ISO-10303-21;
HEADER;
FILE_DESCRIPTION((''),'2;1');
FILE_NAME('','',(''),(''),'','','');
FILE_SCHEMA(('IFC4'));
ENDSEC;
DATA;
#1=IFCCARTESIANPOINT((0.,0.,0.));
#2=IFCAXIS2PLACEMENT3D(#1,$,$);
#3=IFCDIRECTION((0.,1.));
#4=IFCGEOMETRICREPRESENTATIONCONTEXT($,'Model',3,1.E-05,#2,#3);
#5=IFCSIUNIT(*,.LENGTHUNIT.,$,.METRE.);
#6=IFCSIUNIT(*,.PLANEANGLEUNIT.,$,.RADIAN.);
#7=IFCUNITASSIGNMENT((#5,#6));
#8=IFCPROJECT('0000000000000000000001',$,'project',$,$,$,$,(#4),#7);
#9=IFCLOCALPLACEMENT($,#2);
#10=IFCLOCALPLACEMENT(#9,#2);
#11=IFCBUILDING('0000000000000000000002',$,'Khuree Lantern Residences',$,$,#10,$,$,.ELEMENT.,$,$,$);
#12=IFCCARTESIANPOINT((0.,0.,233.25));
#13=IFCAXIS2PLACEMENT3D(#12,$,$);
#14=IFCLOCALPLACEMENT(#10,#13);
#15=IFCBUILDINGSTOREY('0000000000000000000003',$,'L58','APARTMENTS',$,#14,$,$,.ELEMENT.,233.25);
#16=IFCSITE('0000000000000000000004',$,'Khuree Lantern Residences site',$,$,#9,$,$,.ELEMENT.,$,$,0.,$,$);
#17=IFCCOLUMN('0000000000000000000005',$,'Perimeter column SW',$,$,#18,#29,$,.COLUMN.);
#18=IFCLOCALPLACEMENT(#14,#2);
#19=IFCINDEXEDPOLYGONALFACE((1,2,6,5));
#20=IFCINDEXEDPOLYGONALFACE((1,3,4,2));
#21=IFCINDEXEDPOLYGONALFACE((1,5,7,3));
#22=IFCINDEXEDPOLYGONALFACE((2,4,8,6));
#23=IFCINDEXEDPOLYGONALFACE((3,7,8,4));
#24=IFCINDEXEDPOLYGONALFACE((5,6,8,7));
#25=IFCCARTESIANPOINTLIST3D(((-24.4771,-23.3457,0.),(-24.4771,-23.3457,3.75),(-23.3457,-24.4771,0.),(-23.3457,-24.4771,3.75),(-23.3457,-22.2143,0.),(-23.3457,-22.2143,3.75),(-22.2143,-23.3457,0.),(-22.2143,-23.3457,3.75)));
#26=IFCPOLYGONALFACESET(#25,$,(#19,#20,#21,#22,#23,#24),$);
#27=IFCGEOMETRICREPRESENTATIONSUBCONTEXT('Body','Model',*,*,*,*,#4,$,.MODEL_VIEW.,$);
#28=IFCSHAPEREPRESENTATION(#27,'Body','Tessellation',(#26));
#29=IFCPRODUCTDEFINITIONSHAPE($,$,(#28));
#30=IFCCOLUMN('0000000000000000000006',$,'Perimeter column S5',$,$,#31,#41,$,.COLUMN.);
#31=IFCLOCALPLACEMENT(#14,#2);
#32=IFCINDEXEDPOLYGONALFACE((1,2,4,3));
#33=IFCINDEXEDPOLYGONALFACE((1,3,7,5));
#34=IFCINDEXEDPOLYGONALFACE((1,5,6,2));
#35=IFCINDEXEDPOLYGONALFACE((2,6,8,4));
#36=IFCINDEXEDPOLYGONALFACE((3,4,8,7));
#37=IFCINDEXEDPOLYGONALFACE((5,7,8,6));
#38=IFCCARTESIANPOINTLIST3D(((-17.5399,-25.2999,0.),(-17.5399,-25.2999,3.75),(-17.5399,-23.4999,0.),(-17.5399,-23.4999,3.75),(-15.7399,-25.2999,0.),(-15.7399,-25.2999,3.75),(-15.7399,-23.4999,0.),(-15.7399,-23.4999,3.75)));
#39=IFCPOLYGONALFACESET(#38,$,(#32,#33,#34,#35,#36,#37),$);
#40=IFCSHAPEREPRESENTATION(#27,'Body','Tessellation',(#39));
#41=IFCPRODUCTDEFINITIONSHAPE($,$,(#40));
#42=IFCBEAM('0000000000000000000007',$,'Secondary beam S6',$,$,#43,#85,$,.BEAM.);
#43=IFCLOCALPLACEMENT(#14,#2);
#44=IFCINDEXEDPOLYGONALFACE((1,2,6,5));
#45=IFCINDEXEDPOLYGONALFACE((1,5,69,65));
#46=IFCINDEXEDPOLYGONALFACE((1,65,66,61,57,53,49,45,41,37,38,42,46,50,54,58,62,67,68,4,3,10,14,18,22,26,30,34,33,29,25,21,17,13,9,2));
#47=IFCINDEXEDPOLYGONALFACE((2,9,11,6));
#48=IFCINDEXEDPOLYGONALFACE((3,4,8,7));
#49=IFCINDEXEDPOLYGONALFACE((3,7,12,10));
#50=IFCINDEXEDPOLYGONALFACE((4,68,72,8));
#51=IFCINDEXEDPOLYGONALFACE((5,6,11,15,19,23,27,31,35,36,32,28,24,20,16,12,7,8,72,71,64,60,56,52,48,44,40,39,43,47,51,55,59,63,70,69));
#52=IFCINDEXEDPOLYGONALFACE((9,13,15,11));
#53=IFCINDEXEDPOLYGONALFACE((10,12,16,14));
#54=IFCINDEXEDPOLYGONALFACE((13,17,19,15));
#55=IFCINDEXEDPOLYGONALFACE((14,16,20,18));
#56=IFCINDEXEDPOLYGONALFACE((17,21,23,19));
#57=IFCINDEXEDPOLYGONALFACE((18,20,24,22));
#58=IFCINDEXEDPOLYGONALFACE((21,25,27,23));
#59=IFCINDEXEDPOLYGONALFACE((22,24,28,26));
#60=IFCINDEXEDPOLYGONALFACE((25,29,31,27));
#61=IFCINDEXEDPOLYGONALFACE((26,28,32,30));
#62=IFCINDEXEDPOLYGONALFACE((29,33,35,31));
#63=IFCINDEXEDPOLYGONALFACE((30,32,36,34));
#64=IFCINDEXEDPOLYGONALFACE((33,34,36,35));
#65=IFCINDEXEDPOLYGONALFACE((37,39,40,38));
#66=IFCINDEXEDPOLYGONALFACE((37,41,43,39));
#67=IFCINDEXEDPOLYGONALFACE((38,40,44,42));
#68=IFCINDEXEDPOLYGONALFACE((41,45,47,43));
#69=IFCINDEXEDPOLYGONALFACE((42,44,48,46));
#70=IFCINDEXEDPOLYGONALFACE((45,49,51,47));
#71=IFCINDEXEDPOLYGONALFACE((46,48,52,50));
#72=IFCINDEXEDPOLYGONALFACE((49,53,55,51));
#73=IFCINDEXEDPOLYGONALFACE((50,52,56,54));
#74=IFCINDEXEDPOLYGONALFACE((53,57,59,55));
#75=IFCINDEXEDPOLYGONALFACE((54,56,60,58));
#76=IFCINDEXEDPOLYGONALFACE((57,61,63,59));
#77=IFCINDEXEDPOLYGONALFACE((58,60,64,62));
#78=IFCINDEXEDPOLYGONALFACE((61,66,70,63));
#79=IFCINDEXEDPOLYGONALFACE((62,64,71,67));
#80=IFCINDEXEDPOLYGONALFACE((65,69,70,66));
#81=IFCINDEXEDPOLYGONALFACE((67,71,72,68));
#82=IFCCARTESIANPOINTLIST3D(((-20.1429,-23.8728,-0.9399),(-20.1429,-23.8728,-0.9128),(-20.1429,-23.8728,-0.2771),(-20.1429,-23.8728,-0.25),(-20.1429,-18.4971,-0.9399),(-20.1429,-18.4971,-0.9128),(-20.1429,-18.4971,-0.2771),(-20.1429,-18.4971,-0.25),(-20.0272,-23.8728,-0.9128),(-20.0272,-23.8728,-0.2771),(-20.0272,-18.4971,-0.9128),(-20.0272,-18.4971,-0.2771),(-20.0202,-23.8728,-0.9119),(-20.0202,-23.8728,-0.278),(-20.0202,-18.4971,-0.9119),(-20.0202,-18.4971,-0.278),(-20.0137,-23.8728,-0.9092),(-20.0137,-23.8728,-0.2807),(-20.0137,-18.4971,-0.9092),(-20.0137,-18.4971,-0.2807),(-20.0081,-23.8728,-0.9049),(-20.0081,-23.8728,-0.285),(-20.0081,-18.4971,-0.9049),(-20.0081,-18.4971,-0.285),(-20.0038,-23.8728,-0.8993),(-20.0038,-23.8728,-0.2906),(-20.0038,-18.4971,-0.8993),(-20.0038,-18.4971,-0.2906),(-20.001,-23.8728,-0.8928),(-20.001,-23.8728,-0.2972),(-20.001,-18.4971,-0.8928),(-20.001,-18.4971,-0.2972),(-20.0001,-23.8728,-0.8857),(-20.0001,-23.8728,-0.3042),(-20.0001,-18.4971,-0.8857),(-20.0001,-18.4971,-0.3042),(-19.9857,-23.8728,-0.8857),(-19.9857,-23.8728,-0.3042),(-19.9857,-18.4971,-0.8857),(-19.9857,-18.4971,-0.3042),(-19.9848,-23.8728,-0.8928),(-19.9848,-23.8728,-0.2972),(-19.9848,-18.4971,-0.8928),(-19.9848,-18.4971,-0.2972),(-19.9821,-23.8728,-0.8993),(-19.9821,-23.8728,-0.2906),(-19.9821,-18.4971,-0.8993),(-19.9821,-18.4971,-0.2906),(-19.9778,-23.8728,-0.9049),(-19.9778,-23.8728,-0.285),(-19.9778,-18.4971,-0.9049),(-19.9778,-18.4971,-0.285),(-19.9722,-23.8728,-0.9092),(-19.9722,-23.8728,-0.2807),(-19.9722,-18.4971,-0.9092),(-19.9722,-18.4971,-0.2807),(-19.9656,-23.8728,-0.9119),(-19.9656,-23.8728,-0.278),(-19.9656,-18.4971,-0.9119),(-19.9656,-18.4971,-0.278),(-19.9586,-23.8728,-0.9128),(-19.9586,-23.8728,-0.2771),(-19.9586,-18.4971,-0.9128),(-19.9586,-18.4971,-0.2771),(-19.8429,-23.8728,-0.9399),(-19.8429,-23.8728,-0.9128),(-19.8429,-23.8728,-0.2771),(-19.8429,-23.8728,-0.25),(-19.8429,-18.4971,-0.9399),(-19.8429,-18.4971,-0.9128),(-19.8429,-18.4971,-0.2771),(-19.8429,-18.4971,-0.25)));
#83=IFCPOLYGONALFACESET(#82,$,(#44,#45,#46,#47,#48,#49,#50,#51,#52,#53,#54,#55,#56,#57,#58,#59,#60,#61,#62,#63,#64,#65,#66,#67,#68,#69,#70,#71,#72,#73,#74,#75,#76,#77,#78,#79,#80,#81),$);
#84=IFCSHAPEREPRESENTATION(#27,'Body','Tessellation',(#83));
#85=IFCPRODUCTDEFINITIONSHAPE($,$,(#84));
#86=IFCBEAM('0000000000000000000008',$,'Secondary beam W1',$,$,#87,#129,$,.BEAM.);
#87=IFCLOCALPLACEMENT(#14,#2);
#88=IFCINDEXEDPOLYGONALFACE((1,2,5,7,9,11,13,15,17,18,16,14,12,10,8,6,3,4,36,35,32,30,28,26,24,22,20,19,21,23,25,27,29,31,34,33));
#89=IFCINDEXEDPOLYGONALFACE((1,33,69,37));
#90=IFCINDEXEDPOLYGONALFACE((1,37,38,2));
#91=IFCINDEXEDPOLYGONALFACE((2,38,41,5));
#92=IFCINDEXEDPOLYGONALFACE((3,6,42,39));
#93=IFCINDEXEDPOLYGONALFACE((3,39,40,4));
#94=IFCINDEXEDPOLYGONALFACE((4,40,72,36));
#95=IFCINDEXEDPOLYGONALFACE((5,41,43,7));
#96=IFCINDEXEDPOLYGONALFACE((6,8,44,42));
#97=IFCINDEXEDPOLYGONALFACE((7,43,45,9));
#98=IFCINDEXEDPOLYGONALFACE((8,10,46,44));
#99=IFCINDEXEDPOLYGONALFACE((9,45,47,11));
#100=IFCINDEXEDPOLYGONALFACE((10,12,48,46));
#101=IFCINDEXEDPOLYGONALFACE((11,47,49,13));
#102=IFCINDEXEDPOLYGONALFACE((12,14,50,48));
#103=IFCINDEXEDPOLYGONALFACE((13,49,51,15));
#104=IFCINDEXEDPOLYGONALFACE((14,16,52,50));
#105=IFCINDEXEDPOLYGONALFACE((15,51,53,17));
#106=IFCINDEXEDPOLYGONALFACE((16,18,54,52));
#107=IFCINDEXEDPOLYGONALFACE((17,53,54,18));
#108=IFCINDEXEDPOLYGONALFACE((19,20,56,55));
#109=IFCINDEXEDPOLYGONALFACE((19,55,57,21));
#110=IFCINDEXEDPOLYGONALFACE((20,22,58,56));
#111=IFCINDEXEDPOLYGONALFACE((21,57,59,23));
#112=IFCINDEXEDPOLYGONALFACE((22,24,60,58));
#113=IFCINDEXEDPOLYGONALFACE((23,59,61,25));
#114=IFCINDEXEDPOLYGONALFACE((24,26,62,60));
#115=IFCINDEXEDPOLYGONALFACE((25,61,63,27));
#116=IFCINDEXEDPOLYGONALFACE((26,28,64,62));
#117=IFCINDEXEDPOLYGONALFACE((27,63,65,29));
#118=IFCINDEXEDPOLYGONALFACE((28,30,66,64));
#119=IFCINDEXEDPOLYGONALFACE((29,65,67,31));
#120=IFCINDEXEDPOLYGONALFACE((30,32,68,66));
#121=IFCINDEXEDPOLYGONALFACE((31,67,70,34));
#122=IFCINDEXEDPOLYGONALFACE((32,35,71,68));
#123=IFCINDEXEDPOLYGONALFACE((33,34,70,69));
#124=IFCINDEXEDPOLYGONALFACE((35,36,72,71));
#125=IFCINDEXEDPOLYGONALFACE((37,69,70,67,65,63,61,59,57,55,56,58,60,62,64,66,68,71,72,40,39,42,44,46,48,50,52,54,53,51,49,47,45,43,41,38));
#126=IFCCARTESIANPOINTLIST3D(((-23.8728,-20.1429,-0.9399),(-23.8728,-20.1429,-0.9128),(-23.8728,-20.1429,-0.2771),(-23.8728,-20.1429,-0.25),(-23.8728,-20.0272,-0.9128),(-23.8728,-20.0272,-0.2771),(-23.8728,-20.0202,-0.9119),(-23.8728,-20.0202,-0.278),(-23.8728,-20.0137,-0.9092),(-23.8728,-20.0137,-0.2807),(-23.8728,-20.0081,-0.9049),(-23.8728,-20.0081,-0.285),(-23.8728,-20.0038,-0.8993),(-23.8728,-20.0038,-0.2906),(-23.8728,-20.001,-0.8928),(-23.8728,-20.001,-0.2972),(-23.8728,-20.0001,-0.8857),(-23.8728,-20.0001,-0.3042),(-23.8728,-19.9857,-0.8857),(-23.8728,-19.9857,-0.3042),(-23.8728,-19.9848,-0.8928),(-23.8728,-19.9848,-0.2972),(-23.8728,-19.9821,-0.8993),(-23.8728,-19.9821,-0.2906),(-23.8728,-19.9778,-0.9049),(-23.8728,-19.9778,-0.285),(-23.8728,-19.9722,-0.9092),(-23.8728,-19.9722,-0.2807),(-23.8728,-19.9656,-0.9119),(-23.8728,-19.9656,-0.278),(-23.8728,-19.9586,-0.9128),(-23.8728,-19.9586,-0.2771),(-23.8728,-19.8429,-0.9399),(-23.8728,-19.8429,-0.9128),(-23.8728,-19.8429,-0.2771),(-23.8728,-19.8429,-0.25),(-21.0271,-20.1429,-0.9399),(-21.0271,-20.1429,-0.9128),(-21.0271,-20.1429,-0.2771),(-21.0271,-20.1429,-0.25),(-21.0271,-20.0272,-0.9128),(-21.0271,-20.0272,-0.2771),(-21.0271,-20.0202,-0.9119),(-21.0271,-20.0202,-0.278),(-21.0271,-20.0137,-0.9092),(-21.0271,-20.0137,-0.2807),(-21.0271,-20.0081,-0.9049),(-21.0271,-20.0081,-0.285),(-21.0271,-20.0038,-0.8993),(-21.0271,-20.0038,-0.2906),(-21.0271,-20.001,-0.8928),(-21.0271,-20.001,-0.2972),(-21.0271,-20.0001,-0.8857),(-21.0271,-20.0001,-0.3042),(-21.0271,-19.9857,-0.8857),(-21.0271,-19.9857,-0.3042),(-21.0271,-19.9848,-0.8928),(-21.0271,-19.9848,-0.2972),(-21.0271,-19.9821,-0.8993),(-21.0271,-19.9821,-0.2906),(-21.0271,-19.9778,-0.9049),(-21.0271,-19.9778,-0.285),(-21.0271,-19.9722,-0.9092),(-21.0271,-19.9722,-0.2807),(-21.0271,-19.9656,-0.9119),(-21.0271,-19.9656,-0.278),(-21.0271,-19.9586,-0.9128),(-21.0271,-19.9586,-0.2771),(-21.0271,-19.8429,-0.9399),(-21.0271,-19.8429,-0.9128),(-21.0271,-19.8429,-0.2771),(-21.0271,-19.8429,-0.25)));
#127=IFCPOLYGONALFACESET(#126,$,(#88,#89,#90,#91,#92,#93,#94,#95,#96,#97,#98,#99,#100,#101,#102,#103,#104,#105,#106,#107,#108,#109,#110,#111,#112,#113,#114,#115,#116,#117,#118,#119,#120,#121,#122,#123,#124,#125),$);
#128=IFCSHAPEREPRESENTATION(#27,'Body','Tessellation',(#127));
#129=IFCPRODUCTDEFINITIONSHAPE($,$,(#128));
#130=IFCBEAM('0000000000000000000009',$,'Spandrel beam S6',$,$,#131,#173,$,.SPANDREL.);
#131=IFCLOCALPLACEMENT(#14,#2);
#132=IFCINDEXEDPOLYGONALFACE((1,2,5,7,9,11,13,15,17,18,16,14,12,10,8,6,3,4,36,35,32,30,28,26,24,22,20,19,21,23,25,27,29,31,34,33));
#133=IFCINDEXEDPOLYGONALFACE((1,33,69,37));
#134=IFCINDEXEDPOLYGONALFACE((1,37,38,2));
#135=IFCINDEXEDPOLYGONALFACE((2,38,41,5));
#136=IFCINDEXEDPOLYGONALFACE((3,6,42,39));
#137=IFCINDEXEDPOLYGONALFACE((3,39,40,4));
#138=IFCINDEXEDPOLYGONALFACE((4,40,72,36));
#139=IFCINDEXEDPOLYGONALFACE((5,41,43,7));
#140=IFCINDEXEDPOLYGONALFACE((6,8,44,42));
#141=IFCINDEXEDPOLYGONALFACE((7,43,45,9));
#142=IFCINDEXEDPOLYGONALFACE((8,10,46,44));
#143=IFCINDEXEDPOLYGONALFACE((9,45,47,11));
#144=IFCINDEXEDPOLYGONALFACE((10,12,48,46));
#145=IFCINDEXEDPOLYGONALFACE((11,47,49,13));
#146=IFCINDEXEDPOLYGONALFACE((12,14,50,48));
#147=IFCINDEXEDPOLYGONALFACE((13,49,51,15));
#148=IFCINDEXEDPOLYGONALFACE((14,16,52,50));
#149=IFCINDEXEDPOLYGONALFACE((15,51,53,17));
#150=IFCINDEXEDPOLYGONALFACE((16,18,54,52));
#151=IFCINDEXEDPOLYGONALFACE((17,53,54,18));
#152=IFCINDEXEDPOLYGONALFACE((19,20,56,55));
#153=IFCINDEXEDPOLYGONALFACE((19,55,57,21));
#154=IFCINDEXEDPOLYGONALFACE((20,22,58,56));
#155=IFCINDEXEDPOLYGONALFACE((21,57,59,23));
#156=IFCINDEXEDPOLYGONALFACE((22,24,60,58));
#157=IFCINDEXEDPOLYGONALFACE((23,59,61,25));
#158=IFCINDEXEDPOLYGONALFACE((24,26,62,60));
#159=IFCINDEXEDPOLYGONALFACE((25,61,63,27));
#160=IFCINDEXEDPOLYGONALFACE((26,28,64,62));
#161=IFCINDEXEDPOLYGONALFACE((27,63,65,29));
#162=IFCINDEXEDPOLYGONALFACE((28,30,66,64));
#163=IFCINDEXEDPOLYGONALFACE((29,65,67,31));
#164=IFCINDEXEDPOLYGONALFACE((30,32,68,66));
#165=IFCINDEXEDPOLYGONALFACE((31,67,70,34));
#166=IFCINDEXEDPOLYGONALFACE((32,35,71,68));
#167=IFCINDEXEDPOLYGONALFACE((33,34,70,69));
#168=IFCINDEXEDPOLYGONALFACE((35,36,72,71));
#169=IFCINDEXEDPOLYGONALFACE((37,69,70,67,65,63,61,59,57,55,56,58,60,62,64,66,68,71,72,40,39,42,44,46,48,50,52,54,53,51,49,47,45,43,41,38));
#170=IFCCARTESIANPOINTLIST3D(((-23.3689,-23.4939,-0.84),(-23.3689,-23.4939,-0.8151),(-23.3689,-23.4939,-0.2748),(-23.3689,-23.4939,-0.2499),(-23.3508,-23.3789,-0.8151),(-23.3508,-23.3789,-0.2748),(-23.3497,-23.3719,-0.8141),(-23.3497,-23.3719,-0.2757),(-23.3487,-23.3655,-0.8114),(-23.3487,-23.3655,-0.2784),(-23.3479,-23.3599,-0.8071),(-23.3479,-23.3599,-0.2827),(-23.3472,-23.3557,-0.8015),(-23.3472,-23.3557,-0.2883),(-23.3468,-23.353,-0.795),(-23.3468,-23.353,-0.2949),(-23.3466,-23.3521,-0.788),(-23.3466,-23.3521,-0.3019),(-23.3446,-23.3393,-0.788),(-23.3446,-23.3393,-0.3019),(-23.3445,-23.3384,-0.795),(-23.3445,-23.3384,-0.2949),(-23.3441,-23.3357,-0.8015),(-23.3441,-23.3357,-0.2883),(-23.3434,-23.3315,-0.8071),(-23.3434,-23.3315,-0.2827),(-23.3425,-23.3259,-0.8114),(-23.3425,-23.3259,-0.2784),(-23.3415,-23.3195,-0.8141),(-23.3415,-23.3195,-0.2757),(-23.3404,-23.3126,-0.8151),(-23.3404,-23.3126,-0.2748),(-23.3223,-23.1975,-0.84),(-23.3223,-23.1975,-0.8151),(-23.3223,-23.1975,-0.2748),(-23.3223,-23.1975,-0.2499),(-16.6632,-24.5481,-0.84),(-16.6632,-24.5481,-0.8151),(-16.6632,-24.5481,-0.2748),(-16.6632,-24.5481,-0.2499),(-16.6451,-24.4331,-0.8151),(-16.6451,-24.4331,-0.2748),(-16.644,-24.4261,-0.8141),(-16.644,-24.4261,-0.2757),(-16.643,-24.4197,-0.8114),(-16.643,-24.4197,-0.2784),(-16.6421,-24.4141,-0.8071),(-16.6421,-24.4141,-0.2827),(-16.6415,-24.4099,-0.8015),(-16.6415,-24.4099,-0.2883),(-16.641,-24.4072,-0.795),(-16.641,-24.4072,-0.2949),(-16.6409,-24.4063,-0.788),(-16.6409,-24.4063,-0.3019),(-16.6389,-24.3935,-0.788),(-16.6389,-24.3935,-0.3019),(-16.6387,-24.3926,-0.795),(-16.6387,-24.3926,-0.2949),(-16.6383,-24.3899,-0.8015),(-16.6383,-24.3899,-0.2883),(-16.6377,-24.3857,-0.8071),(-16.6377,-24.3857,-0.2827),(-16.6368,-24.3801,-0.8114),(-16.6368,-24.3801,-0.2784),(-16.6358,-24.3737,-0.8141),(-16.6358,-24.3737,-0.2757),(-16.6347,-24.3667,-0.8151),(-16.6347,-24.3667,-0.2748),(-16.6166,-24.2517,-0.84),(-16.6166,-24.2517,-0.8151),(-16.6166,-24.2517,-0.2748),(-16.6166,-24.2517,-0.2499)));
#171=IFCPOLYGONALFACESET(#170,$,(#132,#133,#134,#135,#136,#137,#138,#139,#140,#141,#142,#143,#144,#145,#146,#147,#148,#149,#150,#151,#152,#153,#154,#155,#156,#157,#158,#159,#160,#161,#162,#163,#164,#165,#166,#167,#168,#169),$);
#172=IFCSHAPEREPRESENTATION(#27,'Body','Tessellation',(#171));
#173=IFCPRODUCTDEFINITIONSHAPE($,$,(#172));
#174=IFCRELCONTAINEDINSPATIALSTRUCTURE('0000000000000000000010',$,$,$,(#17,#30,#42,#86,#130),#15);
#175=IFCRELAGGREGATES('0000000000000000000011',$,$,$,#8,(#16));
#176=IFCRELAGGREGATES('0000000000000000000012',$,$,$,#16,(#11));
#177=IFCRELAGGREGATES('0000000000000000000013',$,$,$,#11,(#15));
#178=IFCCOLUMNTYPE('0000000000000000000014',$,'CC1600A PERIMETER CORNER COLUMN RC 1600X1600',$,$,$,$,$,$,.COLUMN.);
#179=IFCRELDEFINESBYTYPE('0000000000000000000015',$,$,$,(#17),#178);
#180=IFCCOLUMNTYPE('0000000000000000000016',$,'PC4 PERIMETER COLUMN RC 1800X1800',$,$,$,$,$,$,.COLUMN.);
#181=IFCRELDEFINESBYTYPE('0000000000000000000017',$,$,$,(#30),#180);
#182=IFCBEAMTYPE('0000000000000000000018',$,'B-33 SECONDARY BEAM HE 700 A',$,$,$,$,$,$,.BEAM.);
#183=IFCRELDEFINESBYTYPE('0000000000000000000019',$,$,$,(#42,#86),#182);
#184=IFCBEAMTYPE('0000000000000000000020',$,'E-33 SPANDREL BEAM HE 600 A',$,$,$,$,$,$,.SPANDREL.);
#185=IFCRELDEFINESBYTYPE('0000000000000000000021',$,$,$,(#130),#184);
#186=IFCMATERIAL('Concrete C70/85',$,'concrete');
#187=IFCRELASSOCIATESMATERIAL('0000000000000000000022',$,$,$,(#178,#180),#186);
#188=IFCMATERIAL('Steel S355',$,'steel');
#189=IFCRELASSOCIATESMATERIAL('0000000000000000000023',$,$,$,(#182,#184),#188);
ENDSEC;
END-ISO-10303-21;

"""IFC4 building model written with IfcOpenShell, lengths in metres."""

from ifc_helpers import new_model, si_unit, direction, frame, origin, origin_2d, place, context, subcontext, project, spatial, rectangle, i_section, extrude, material, material_profile, profile_set, type_object, element, save


model = new_model("IFC4")

# Units and contexts
model_context = context("Model", 3, precision=1e-05, world=origin(), true_north=direction((0.0, 1.0)))
body_context = subcontext(model_context, "Body", "Model", "MODEL_VIEW")
ifc_project = project(units=[si_unit("LENGTHUNIT", "METRE"), si_unit("PLANEANGLEUNIT", "RADIAN")], contexts=[model_context])

# Site, building, storey
site_placement = place(None, origin())
site = spatial("IfcSite", under=ifc_project, at=site_placement, Name="Khuree Lantern Residences site", CompositionType="ELEMENT", RefElevation=0.0)
building_placement = place(site_placement, origin())
building = spatial("IfcBuilding", under=site, at=building_placement, Name="Khuree Lantern Residences", CompositionType="ELEMENT")
storey_placement = place(building_placement, frame((0.0, 0.0, 233.25)))
storey = spatial("IfcBuildingStorey", under=building, at=storey_placement, Name="L58", Description="APARTMENTS", CompositionType="ELEMENT", Elevation=233.25)

# Columns
ifc_material_1 = material(Name="Concrete C70/85", Category="concrete")
ifc_material_profile_1 = material_profile(ifc_material_1, rectangle(XDim=1.6001, YDim=1.6001, at=origin_2d()), Name="RC 1600X1600")
ifc_profile_set_1 = profile_set([ifc_material_profile_1], Name="Concrete C70/85")
column_type_1 = type_object("IfcColumnType", Name="CC1600A PERIMETER CORNER COLUMN RC 1600X1600", PredefinedType="COLUMN", material=ifc_profile_set_1)
column_1_placement = place(storey_placement, frame((-23.3457, -23.3457, 0.0), z_axis=(0.0, 0.0, 1.0), x_axis=(0.707107, -0.707107, 0.0)))
element("IfcColumn", 1, at=column_1_placement, inside=storey, type_object=column_type_1, Name="Perimeter column SW", PredefinedType="COLUMN", context=body_context, shape_type="SweptSolid", body=[
    extrude(rectangle(XDim=1.6001, YDim=1.6001, at=origin_2d()), origin(), (0.0, 0.0, 1.0), 3.75),
])
ifc_material_profile_2 = material_profile(ifc_material_1, rectangle(XDim=1.8, YDim=1.8, at=origin_2d()), Name="RC 1800X1800")
ifc_profile_set_2 = profile_set([ifc_material_profile_2], Name="Concrete C70/85")
column_type_2 = type_object("IfcColumnType", Name="PC4 PERIMETER COLUMN RC 1800X1800", PredefinedType="COLUMN", material=ifc_profile_set_2)
column_2_placement = place(storey_placement, frame((-16.6399, -24.3999, 0.0), z_axis=(0.0, 0.0, 1.0), x_axis=(1.0, 0.0, 0.0)))
element("IfcColumn", 2, at=column_2_placement, inside=storey, type_object=column_type_2, Name="Perimeter column S5", PredefinedType="COLUMN", context=body_context, shape_type="SweptSolid", body=[
    extrude(rectangle(XDim=1.8, YDim=1.8, at=origin_2d()), origin(), (0.0, 0.0, 1.0), 3.75),
])

# Beams
ifc_material_2 = material(Name="Steel S355", Category="steel")
ifc_material_profile_3 = material_profile(ifc_material_2, i_section(OverallWidth=0.3, OverallDepth=0.6899, WebThickness=0.0144, FlangeThickness=0.0271, FilletRadius=0.0271, at=origin_2d()), Name="HE 700 A")
ifc_profile_set_3 = profile_set([ifc_material_profile_3], Name="Steel S355")
beam_type_1 = type_object("IfcBeamType", Name="B-33 SECONDARY BEAM HE 700 A", PredefinedType="BEAM", material=ifc_profile_set_3)
beam_1_placement = place(storey_placement, frame((-19.9929, -23.8728, -0.595), z_axis=(0.0, 1.0, 0.0), x_axis=(-1.0, 0.0, 0.0)))
element("IfcBeam", 3, at=beam_1_placement, inside=storey, type_object=beam_type_1, Name="Secondary beam S6", PredefinedType="BEAM", context=body_context, shape_type="SweptSolid", body=[
    extrude(i_section(OverallWidth=0.3, OverallDepth=0.6899, WebThickness=0.0144, FlangeThickness=0.0271, FilletRadius=0.0271, at=origin_2d()), origin(), (0.0, 0.0, 1.0), 5.3757),
])
beam_2_placement = place(storey_placement, frame((-23.8728, -19.9929, -0.595), z_axis=(1.0, 0.0, 0.0), x_axis=(0.0, 1.0, 0.0)))
element("IfcBeam", 4, at=beam_2_placement, inside=storey, type_object=beam_type_1, Name="Secondary beam W1", PredefinedType="BEAM", context=body_context, shape_type="SweptSolid", body=[
    extrude(i_section(OverallWidth=0.3, OverallDepth=0.6899, WebThickness=0.0144, FlangeThickness=0.0271, FilletRadius=0.0271, at=origin_2d()), origin(), (0.0, 0.0, 1.0), 2.8457),
])
ifc_material_profile_4 = material_profile(ifc_material_2, i_section(OverallWidth=0.3, OverallDepth=0.5901, WebThickness=0.0129, FlangeThickness=0.0249, FilletRadius=0.0271, at=origin_2d()), Name="HE 600 A")
ifc_profile_set_4 = profile_set([ifc_material_profile_4], Name="Steel S355")
beam_type_2 = type_object("IfcBeamType", Name="E-33 SPANDREL BEAM HE 600 A", PredefinedType="SPANDREL", material=ifc_profile_set_4)
for number, where, z_axis, x_axis, name in (
    (5, (-16.6399, -24.3999, -0.5449), (-0.987867, 0.1553, 0.0), (-0.1553, -0.987867, 0.0), "Spandrel beam S6"),
):
    element("IfcBeam", number, at=place(storey_placement, frame(where, z_axis=z_axis, x_axis=x_axis)), inside=storey, type_object=beam_type_2, Name=name, PredefinedType="SPANDREL", context=body_context, shape_type="SweptSolid", body=[
        extrude(i_section(OverallWidth=0.3, OverallDepth=0.5901, WebThickness=0.0129, FlangeThickness=0.0249, FilletRadius=0.0271, at=origin_2d()), origin(), (0.0, 0.0, 1.0), 6.7881),
    ])

save(model, "model.ifc")
